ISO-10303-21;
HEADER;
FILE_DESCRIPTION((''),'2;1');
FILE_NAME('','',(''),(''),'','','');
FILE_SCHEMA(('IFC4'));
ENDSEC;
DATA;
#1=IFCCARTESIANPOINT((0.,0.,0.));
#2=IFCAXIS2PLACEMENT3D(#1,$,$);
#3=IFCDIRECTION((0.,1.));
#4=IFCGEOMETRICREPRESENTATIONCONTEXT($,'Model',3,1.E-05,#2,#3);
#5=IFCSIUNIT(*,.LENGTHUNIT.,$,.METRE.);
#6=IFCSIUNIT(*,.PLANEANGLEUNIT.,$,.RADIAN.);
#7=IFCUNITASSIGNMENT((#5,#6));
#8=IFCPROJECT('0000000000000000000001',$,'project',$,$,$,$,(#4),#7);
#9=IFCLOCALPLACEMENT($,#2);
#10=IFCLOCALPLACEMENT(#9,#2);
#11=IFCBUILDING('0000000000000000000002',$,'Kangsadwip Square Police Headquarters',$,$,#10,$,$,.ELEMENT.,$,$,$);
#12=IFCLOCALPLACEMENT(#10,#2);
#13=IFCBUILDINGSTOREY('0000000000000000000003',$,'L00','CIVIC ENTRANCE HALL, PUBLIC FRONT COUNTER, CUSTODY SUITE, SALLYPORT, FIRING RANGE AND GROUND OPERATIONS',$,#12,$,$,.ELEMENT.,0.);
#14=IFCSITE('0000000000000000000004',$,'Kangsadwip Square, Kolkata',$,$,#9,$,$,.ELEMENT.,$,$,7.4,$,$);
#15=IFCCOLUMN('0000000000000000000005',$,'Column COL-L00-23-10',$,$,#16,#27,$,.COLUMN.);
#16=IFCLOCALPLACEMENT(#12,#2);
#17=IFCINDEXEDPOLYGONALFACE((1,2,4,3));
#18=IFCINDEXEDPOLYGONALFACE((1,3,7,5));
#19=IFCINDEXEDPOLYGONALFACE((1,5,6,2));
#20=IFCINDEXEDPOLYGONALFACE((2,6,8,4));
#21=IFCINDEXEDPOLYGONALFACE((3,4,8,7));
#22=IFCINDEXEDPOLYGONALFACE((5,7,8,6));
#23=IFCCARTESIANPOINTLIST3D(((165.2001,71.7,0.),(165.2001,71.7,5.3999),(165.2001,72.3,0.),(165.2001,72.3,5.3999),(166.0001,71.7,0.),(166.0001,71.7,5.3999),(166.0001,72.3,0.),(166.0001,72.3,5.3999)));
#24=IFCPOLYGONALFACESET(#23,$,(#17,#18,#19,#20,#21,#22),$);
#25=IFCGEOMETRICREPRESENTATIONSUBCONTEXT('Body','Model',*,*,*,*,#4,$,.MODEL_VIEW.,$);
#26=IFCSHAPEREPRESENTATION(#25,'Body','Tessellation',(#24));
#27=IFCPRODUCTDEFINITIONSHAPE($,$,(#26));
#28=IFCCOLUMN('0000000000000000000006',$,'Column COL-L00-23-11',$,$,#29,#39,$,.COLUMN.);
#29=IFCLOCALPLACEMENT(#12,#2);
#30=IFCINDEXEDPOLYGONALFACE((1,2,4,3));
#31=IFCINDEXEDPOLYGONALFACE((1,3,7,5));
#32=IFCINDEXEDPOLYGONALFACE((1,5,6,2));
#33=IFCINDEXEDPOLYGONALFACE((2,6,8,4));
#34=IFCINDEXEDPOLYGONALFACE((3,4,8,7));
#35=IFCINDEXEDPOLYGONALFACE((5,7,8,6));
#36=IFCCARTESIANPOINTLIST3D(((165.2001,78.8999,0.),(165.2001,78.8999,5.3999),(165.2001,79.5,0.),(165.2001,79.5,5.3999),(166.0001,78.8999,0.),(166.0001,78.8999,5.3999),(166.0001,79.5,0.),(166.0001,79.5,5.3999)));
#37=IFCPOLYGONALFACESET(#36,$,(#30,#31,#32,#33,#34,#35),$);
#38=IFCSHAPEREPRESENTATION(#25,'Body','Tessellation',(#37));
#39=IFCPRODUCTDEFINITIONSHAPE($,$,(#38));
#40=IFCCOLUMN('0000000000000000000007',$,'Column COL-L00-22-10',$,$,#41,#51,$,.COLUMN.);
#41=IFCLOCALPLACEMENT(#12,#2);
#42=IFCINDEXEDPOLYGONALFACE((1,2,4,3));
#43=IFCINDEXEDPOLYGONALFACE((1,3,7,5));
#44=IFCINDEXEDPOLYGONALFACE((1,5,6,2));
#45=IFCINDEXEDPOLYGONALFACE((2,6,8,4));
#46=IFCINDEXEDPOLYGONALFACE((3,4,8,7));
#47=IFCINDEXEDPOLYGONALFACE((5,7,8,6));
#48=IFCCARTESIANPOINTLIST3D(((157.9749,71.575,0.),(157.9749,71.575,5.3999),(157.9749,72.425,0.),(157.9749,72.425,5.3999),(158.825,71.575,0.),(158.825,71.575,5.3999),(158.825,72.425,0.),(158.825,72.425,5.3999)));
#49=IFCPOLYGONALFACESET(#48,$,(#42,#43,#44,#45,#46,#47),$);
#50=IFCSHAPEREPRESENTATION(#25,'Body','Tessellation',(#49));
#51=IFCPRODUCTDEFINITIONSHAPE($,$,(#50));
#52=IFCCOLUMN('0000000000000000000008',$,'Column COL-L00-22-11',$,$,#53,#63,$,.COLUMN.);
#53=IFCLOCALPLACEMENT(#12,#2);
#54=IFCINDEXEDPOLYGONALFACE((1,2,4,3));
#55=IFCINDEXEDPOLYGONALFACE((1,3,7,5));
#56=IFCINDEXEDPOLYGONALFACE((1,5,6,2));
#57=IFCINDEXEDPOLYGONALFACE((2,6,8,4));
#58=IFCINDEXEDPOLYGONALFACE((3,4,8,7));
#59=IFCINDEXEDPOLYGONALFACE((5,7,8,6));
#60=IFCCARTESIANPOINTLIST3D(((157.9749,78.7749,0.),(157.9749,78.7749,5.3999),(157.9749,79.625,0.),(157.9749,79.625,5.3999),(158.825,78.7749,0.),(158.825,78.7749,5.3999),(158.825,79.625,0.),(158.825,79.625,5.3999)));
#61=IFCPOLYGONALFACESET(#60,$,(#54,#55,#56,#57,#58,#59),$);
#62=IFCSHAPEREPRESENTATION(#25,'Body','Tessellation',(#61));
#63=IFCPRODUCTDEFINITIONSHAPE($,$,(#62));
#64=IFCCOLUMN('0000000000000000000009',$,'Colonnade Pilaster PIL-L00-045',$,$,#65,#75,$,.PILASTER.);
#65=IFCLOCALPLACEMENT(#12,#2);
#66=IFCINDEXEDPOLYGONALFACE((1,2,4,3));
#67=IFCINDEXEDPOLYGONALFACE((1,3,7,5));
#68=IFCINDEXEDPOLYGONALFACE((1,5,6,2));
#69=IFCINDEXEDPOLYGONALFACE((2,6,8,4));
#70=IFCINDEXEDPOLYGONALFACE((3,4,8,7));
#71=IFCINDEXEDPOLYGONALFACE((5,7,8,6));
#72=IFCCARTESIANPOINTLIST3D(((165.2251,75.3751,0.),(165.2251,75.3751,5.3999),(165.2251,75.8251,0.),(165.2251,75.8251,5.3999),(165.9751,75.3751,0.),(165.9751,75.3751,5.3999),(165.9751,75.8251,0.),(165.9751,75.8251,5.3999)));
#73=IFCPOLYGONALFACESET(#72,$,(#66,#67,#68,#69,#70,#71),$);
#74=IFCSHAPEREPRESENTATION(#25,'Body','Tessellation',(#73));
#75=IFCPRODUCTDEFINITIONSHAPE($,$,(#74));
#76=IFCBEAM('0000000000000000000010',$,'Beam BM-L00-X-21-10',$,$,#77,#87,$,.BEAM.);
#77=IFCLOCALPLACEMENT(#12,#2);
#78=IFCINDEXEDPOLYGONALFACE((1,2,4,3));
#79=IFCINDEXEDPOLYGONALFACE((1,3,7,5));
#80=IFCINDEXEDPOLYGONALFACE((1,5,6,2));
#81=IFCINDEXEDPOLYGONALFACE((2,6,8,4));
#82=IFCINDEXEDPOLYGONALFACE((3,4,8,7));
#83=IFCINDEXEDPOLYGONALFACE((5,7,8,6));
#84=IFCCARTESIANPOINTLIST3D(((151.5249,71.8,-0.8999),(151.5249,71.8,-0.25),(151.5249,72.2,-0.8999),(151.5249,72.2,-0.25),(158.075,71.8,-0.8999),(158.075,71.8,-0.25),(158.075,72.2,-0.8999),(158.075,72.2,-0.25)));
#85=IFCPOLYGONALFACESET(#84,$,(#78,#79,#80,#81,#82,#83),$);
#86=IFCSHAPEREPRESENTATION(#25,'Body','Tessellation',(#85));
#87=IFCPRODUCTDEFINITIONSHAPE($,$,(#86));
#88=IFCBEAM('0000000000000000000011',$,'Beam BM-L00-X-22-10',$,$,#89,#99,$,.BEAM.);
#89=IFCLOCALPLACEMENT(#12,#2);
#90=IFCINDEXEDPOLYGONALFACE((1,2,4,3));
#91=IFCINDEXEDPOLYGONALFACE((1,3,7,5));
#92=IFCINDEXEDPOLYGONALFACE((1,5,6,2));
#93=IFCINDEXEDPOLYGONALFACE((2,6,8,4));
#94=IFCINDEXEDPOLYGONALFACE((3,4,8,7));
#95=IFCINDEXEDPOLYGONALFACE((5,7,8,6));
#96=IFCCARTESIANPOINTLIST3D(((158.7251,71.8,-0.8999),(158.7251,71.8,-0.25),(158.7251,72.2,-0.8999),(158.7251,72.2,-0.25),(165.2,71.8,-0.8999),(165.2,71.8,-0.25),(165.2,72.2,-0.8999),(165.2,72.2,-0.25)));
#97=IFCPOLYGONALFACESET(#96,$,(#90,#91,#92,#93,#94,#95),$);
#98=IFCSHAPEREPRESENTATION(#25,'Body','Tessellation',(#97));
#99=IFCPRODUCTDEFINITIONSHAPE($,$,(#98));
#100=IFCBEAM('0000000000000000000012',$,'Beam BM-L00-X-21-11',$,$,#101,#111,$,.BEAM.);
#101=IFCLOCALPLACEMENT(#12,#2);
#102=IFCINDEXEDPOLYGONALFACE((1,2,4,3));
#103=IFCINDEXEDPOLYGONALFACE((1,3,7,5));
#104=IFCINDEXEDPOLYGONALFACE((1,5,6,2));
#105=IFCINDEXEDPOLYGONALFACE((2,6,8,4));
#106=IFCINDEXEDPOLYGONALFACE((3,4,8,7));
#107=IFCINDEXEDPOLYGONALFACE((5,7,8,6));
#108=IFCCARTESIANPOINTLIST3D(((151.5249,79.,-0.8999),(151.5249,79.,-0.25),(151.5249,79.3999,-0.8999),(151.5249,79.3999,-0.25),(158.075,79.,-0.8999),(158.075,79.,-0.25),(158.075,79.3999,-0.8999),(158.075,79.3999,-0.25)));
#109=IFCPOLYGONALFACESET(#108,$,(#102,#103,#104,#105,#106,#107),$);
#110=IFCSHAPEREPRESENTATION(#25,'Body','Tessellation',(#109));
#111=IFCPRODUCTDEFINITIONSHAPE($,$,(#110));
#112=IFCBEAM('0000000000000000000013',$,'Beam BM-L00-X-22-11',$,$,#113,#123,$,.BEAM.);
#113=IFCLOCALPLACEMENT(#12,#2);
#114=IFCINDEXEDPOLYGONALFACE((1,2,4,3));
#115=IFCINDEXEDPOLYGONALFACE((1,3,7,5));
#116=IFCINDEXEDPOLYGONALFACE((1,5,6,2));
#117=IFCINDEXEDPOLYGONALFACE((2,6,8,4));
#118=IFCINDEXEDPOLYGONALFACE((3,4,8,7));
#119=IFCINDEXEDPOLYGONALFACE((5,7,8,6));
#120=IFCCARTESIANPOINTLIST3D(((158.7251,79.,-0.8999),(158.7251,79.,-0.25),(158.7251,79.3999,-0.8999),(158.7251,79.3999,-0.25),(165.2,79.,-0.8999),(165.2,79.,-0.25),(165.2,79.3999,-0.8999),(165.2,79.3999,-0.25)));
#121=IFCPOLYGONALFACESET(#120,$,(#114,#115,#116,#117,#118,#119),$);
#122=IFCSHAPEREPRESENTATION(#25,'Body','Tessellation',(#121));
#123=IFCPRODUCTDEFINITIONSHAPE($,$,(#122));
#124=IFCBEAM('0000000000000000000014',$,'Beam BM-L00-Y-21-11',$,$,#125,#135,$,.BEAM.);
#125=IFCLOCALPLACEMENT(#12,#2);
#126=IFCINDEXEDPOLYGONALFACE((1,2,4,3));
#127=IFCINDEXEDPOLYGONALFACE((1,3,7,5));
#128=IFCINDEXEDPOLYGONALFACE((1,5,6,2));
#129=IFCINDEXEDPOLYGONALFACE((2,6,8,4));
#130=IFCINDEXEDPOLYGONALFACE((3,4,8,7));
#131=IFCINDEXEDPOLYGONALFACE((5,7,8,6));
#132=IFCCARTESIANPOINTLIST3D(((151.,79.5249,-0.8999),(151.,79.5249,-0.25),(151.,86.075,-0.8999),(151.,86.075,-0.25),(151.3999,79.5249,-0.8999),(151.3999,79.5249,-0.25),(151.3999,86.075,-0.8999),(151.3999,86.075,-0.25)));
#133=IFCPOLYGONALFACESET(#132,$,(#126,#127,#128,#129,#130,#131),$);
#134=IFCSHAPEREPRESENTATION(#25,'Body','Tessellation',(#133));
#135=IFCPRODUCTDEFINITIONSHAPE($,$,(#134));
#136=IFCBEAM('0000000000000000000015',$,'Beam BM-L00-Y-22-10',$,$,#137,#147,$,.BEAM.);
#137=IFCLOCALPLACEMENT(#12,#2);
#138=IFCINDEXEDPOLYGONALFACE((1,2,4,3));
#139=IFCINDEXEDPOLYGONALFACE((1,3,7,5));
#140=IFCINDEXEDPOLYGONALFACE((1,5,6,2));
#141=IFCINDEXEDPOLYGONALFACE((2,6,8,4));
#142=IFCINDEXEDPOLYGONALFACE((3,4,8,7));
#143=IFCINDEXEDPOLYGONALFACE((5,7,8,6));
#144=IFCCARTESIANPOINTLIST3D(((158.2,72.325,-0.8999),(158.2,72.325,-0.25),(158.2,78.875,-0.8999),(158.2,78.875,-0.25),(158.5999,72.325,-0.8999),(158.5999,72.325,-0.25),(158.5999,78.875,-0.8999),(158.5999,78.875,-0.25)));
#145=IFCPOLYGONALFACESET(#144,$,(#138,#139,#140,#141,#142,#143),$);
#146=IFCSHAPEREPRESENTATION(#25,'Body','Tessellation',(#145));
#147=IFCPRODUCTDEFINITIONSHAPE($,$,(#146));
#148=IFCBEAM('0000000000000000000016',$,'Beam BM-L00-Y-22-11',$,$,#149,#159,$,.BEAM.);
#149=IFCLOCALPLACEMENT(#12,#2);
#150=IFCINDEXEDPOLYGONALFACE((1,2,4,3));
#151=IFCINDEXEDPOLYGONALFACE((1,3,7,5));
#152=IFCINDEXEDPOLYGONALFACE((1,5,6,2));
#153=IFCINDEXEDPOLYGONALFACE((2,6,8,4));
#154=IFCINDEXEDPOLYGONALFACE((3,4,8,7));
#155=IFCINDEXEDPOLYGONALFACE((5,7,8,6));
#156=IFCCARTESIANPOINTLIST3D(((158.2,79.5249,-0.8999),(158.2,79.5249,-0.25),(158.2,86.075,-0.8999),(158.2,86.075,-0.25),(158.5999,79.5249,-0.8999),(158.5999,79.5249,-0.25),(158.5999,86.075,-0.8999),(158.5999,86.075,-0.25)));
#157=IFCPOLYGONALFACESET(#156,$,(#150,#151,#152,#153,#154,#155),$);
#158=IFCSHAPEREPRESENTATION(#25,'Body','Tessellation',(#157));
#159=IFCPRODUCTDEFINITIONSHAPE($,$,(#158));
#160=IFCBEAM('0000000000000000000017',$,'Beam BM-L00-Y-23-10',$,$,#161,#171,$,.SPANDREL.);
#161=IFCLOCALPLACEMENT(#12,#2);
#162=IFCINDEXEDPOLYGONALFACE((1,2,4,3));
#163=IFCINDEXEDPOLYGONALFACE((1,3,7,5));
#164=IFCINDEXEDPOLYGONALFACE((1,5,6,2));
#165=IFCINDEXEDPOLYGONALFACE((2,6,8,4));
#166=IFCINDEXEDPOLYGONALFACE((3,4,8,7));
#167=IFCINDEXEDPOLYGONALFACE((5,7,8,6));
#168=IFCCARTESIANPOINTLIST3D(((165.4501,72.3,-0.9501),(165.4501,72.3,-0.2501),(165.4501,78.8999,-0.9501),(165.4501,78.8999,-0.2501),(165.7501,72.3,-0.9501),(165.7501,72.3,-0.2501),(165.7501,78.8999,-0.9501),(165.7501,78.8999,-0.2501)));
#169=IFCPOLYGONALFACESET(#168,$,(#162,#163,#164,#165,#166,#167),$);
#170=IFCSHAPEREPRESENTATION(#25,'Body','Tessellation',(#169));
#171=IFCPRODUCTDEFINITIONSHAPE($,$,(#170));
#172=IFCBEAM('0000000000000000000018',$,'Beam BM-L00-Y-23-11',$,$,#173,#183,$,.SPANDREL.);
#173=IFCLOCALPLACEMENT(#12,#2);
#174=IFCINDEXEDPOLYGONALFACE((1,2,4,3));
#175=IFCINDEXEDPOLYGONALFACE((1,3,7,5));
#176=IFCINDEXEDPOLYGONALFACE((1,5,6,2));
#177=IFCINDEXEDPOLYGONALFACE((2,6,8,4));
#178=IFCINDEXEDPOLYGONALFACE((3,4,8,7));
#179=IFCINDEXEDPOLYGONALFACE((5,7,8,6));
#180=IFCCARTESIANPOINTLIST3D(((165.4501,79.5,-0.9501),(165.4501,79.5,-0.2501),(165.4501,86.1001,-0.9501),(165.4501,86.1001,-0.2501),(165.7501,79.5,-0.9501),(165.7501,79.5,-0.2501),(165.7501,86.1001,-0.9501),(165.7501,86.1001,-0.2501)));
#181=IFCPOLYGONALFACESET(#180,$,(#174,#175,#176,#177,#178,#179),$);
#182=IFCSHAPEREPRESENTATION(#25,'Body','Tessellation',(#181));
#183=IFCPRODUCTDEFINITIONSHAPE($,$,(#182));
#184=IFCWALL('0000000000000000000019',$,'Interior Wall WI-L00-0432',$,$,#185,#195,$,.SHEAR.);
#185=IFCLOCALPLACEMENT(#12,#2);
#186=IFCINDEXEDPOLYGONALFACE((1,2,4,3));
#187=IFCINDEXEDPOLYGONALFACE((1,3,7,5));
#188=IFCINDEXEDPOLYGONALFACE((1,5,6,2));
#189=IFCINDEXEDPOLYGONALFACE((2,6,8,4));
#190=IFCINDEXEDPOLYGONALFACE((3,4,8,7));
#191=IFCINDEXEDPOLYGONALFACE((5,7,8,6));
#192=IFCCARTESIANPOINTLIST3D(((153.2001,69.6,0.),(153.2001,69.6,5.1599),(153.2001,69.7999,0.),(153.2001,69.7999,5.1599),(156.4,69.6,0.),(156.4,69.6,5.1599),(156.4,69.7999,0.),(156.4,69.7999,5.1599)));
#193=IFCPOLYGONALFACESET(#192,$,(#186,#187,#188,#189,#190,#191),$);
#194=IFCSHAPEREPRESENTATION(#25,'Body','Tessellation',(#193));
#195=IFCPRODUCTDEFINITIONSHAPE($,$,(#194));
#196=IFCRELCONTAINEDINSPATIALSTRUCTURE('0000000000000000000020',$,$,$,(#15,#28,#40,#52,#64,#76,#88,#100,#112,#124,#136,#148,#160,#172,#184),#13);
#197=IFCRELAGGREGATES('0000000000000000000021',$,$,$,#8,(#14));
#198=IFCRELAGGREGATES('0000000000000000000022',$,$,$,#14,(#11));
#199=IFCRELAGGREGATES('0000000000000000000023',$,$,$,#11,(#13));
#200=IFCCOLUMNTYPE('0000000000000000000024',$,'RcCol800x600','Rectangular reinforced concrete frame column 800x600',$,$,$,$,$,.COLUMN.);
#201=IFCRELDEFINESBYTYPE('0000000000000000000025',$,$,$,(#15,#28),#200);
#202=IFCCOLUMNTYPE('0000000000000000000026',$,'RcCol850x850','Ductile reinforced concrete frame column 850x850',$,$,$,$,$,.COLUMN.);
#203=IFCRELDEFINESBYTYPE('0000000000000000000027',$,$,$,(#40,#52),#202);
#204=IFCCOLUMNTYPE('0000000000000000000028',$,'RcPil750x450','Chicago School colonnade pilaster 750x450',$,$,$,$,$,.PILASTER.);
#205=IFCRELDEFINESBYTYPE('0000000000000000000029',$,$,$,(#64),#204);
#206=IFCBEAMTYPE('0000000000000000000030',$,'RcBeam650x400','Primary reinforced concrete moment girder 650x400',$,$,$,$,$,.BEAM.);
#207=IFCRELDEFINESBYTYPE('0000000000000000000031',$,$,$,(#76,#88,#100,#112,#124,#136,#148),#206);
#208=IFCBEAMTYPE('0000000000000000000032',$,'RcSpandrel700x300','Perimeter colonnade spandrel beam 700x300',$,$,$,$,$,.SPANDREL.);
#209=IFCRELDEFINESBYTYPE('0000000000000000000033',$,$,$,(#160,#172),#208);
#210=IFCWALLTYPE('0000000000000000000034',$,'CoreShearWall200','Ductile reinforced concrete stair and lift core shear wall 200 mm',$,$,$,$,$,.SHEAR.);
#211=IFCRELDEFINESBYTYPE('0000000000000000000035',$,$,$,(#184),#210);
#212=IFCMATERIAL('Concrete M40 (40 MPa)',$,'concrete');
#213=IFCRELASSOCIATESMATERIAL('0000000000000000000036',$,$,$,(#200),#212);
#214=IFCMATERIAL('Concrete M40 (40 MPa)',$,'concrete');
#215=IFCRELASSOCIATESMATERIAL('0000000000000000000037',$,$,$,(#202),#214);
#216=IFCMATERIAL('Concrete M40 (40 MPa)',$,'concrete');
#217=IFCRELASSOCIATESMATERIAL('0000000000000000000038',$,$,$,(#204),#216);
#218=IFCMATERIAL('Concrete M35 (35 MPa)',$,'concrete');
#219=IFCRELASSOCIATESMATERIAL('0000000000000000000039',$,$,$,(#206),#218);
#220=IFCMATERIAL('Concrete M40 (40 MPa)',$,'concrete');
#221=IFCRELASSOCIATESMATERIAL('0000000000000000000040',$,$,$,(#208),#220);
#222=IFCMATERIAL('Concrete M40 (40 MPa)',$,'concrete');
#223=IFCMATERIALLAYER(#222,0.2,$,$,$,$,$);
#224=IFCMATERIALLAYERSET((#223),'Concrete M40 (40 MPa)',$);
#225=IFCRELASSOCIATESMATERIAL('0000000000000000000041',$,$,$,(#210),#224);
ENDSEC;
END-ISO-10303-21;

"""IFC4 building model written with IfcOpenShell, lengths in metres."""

from ifc_helpers import new_model, si_unit, direction, frame, frame_2d, origin, origin_2d, place, context, subcontext, project, spatial, rectangle, extrude, material, layer, layer_set, material_profile, profile_set, type_object, element, save


model = new_model("IFC4")

# Units and contexts
model_context = context("Model", 3, precision=1e-05, world=origin(), true_north=direction((0.0, 1.0)))
body_context = subcontext(model_context, "Body", "Model", "MODEL_VIEW")
ifc_project = project(units=[si_unit("LENGTHUNIT", "METRE"), si_unit("PLANEANGLEUNIT", "RADIAN")], contexts=[model_context])

# Site, building, storey
site_placement = place(None, origin())
site = spatial("IfcSite", under=ifc_project, at=site_placement, Name="Kangsadwip Square, Kolkata", CompositionType="ELEMENT", RefElevation=7.4)
building_placement = place(site_placement, origin())
building = spatial("IfcBuilding", under=site, at=building_placement, Name="Kangsadwip Square Police Headquarters", CompositionType="ELEMENT")
storey_placement = place(building_placement, origin())
storey = spatial("IfcBuildingStorey", under=building, at=storey_placement, Name="L00", Description="CIVIC ENTRANCE HALL, PUBLIC FRONT COUNTER, CUSTODY SUITE, SALLYPORT, FIRING RANGE AND GROUND OPERATIONS", CompositionType="ELEMENT", Elevation=0.0)

# Columns
ifc_material_1 = material(Name="Concrete M40 (40 MPa)", Category="concrete")
ifc_material_profile_1 = material_profile(ifc_material_1, rectangle(XDim=0.6001, YDim=0.8, at=origin_2d()), Name="RC COL 800X600")
ifc_profile_set_1 = profile_set([ifc_material_profile_1], Name="Concrete M40 (40 MPa)")
column_type_1 = type_object("IfcColumnType", Name="RcCol800x600", Description="Rectangular reinforced concrete frame column 800x600", PredefinedType="COLUMN", material=ifc_profile_set_1)
for number, where, z_axis, x_axis, name in (
    (1, (165.6001, 72.0, 0.0), (0.0, 0.0, 1.0), (0.0, 1.0, 0.0), "Column COL-L00-23-10"),
    (2, (165.6001, 79.2, 0.0), (0.0, 0.0, 1.0), (0.0, 1.0, 0.0), "Column COL-L00-23-11"),
):
    element("IfcColumn", number, at=place(storey_placement, frame(where, z_axis=z_axis, x_axis=x_axis)), inside=storey, type_object=column_type_1, Name=name, PredefinedType="COLUMN", context=body_context, shape_type="SweptSolid", body=[
        extrude(rectangle(XDim=0.6001, YDim=0.8, at=origin_2d()), origin(), (0.0, 0.0, 1.0), 5.3999),
    ])
ifc_material_2 = material(Name="Concrete M40 (40 MPa)", Category="concrete")
ifc_material_profile_2 = material_profile(ifc_material_2, rectangle(XDim=0.8501, YDim=0.8501, at=origin_2d()), Name="RC COL 850X850")
ifc_profile_set_2 = profile_set([ifc_material_profile_2], Name="Concrete M40 (40 MPa)")
column_type_2 = type_object("IfcColumnType", Name="RcCol850x850", Description="Ductile reinforced concrete frame column 850x850", PredefinedType="COLUMN", material=ifc_profile_set_2)
for number, where, z_axis, x_axis, name in (
    (3, (158.3999, 72.0, 0.0), (0.0, 0.0, 1.0), (1.0, 0.0, 0.0), "Column COL-L00-22-10"),
    (4, (158.3999, 79.2, 0.0), (0.0, 0.0, 1.0), (1.0, 0.0, 0.0), "Column COL-L00-22-11"),
):
    element("IfcColumn", number, at=place(storey_placement, frame(where, z_axis=z_axis, x_axis=x_axis)), inside=storey, type_object=column_type_2, Name=name, PredefinedType="COLUMN", context=body_context, shape_type="SweptSolid", body=[
        extrude(rectangle(XDim=0.8501, YDim=0.8501, at=origin_2d()), origin(), (0.0, 0.0, 1.0), 5.3999),
    ])
ifc_material_3 = material(Name="Concrete M40 (40 MPa)", Category="concrete")
ifc_material_profile_3 = material_profile(ifc_material_3, rectangle(XDim=0.45, YDim=0.75, at=origin_2d()), Name="RC PIL 750X450")
ifc_profile_set_3 = profile_set([ifc_material_profile_3], Name="Concrete M40 (40 MPa)")
column_type_3 = type_object("IfcColumnType", Name="RcPil750x450", Description="Chicago School colonnade pilaster 750x450", PredefinedType="PILASTER", material=ifc_profile_set_3)
column_placement = place(storey_placement, frame((165.6001, 75.6001, 0.0), z_axis=(0.0, 0.0, 1.0), x_axis=(0.0, 1.0, 0.0)))
element("IfcColumn", 5, at=column_placement, inside=storey, type_object=column_type_3, Name="Colonnade Pilaster PIL-L00-045", PredefinedType="PILASTER", context=body_context, shape_type="SweptSolid", body=[
    extrude(rectangle(XDim=0.45, YDim=0.75, at=origin_2d()), origin(), (0.0, 0.0, 1.0), 5.3999),
])

# Beams
ifc_material_4 = material(Name="Concrete M35 (35 MPa)", Category="concrete")
ifc_material_profile_4 = material_profile(ifc_material_4, rectangle(XDim=0.3999, YDim=0.6499, at=origin_2d()), Name="RC BM 650X400")
ifc_profile_set_4 = profile_set([ifc_material_profile_4], Name="Concrete M35 (35 MPa)")
beam_type_1 = type_object("IfcBeamType", Name="RcBeam650x400", Description="Primary reinforced concrete moment girder 650x400", PredefinedType="BEAM", material=ifc_profile_set_4)
beam_1_placement = place(storey_placement, frame((151.5249, 72.0, -0.575), z_axis=(1.0, 0.0, 0.0), x_axis=(0.0, 1.0, 0.0)))
element("IfcBeam", 6, at=beam_1_placement, inside=storey, type_object=beam_type_1, Name="Beam BM-L00-X-21-10", PredefinedType="BEAM", context=body_context, shape_type="SweptSolid", body=[
    extrude(rectangle(XDim=0.3999, YDim=0.6499, at=origin_2d()), origin(), (0.0, 0.0, 1.0), 6.55),
])
beam_2_placement = place(storey_placement, frame((158.7251, 72.0, -0.575), z_axis=(1.0, 0.0, 0.0), x_axis=(0.0, 1.0, 0.0)))
element("IfcBeam", 7, at=beam_2_placement, inside=storey, type_object=beam_type_1, Name="Beam BM-L00-X-22-10", PredefinedType="BEAM", context=body_context, shape_type="SweptSolid", body=[
    extrude(rectangle(XDim=0.3999, YDim=0.6499, at=origin_2d()), origin(), (0.0, 0.0, 1.0), 6.4749),
])
beam_3_placement = place(storey_placement, frame((151.5249, 79.2, -0.575), z_axis=(1.0, 0.0, 0.0), x_axis=(0.0, 1.0, 0.0)))
element("IfcBeam", 8, at=beam_3_placement, inside=storey, type_object=beam_type_1, Name="Beam BM-L00-X-21-11", PredefinedType="BEAM", context=body_context, shape_type="SweptSolid", body=[
    extrude(rectangle(XDim=0.3999, YDim=0.6499, at=origin_2d()), origin(), (0.0, 0.0, 1.0), 6.55),
])
beam_4_placement = place(storey_placement, frame((158.7251, 79.2, -0.575), z_axis=(1.0, 0.0, 0.0), x_axis=(0.0, 1.0, 0.0)))
element("IfcBeam", 9, at=beam_4_placement, inside=storey, type_object=beam_type_1, Name="Beam BM-L00-X-22-11", PredefinedType="BEAM", context=body_context, shape_type="SweptSolid", body=[
    extrude(rectangle(XDim=0.3999, YDim=0.6499, at=origin_2d()), origin(), (0.0, 0.0, 1.0), 6.4749),
])
for number, where, z_axis, x_axis, name in (
    (10, (151.2, 79.5249, -0.575), (0.0, 1.0, 0.0), (-1.0, 0.0, 0.0), "Beam BM-L00-Y-21-11"),
    (11, (158.3999, 72.325, -0.575), (0.0, 1.0, 0.0), (-1.0, 0.0, 0.0), "Beam BM-L00-Y-22-10"),
    (12, (158.3999, 79.5249, -0.575), (0.0, 1.0, 0.0), (-1.0, 0.0, 0.0), "Beam BM-L00-Y-22-11"),
):
    element("IfcBeam", number, at=place(storey_placement, frame(where, z_axis=z_axis, x_axis=x_axis)), inside=storey, type_object=beam_type_1, Name=name, PredefinedType="BEAM", context=body_context, shape_type="SweptSolid", body=[
        extrude(rectangle(XDim=0.3999, YDim=0.6499, at=origin_2d()), origin(), (0.0, 0.0, 1.0), 6.55),
    ])
ifc_material_5 = material(Name="Concrete M40 (40 MPa)", Category="concrete")
ifc_material_profile_5 = material_profile(ifc_material_5, rectangle(XDim=0.3, YDim=0.7, at=origin_2d()), Name="RC SPN 700X300")
ifc_profile_set_5 = profile_set([ifc_material_profile_5], Name="Concrete M40 (40 MPa)")
beam_type_2 = type_object("IfcBeamType", Name="RcSpandrel700x300", Description="Perimeter colonnade spandrel beam 700x300", PredefinedType="SPANDREL", material=ifc_profile_set_5)
beam_5_placement = place(storey_placement, frame((165.6001, 72.3, -0.6001), z_axis=(0.0, 1.0, 0.0), x_axis=(-1.0, 0.0, 0.0)))
element("IfcBeam", 13, at=beam_5_placement, inside=storey, type_object=beam_type_2, Name="Beam BM-L00-Y-23-10", PredefinedType="SPANDREL", context=body_context, shape_type="SweptSolid", body=[
    extrude(rectangle(XDim=0.3, YDim=0.7, at=origin_2d()), origin(), (0.0, 0.0, 1.0), 6.5999),
])
beam_6_placement = place(storey_placement, frame((165.6001, 79.5, -0.6001), z_axis=(0.0, 1.0, 0.0), x_axis=(-1.0, 0.0, 0.0)))
element("IfcBeam", 14, at=beam_6_placement, inside=storey, type_object=beam_type_2, Name="Beam BM-L00-Y-23-11", PredefinedType="SPANDREL", context=body_context, shape_type="SweptSolid", body=[
    extrude(rectangle(XDim=0.3, YDim=0.7, at=origin_2d()), origin(), (0.0, 0.0, 1.0), 6.6001),
])

# Wall
ifc_material_6 = material(Name="Concrete M40 (40 MPa)", Category="concrete")
ifc_layer_1 = layer(ifc_material_6, 0.2)
ifc_layer_set_1 = layer_set([ifc_layer_1], Name="Concrete M40 (40 MPa)")
wall_type_1 = type_object("IfcWallType", Name="CoreShearWall200", Description="Ductile reinforced concrete stair and lift core shear wall 200 mm", PredefinedType="SHEAR", material=ifc_layer_set_1)
wall_1_placement = place(storey_placement, frame((153.2, 69.7, 0.0), z_axis=(0.0, 0.0, 1.0), x_axis=(1.0, 0.0, 0.0)))
element("IfcWall", 15, at=wall_1_placement, inside=storey, type_object=wall_type_1, Name="Interior Wall WI-L00-0432", PredefinedType="SHEAR", context=body_context, shape_type="SweptSolid", body=[
    extrude(rectangle(XDim=3.2, YDim=0.2, at=frame_2d((1.6001, 0.0))), origin(), (0.0, 0.0, 1.0), 5.1599),
])

save(model, "model.ifc")
